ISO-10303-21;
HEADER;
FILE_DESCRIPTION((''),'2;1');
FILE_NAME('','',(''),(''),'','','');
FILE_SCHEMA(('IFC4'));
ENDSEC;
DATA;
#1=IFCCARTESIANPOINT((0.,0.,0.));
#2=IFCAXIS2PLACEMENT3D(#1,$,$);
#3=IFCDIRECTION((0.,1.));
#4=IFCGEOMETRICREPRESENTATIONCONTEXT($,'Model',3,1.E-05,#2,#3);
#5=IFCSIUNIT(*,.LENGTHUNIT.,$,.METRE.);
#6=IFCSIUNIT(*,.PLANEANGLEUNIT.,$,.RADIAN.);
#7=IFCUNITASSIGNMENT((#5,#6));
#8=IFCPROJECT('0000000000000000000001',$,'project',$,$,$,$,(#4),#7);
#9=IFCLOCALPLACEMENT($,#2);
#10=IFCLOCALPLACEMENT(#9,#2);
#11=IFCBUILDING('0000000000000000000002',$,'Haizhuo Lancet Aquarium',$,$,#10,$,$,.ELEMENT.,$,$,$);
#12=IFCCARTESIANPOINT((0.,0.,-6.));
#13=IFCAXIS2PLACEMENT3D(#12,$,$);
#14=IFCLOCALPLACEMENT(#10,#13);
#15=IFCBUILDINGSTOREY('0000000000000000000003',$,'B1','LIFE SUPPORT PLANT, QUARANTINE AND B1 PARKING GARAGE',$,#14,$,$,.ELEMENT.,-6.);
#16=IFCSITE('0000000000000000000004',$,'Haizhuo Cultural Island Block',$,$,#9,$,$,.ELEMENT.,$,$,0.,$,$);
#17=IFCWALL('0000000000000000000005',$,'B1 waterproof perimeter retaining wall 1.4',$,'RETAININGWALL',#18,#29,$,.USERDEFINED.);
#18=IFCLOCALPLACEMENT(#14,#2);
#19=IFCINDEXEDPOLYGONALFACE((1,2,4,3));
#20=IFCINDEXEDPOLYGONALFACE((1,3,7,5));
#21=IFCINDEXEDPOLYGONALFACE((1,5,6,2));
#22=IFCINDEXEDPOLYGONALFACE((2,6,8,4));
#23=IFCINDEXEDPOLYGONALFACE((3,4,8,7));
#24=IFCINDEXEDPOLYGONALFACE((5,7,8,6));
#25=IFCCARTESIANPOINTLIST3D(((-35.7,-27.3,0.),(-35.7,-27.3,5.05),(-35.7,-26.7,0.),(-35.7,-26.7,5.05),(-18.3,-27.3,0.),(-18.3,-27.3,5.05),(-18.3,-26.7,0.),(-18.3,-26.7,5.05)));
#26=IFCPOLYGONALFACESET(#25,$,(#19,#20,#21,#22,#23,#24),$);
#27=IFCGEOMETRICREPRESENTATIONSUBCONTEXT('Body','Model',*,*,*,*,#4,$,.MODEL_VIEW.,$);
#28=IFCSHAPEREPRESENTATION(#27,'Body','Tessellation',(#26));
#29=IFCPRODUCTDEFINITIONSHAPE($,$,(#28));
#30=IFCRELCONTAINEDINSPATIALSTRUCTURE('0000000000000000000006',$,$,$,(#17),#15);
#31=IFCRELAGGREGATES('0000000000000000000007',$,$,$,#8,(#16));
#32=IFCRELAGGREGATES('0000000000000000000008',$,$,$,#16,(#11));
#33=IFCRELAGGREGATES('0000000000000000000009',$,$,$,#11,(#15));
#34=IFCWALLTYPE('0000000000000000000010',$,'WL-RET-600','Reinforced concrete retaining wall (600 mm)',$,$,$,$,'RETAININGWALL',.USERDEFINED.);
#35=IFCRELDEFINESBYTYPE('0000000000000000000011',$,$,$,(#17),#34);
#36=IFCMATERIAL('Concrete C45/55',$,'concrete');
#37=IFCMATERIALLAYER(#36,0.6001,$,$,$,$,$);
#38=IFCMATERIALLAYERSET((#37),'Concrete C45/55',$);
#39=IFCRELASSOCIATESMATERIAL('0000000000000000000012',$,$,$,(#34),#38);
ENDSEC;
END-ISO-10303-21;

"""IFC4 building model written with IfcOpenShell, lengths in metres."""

from ifc_helpers import new_model, si_unit, direction, frame, frame_2d, origin, place, context, subcontext, project, spatial, rectangle, extrude, material, layer, layer_set, type_object, element, save


model = new_model("IFC4")

# Units and contexts
model_context = context("Model", 3, precision=1e-05, world=origin(), true_north=direction((0.0, 1.0)))
body_context = subcontext(model_context, "Body", "Model", "MODEL_VIEW")
ifc_project = project(units=[si_unit("LENGTHUNIT", "METRE"), si_unit("PLANEANGLEUNIT", "RADIAN")], contexts=[model_context])

# Site, building, storey
site_placement = place(None, origin())
site = spatial("IfcSite", under=ifc_project, at=site_placement, Name="Haizhuo Cultural Island Block", CompositionType="ELEMENT", RefElevation=0.0)
building_placement = place(site_placement, origin())
building = spatial("IfcBuilding", under=site, at=building_placement, Name="Haizhuo Lancet Aquarium", CompositionType="ELEMENT")
storey_placement = place(building_placement, frame((0.0, 0.0, -6.0)))
storey = spatial("IfcBuildingStorey", under=building, at=storey_placement, Name="B1", Description="LIFE SUPPORT PLANT, QUARANTINE AND B1 PARKING GARAGE", CompositionType="ELEMENT", Elevation=-6.0)

# Wall
ifc_material_1 = material(Name="Concrete C45/55", Category="concrete")
ifc_layer_1 = layer(ifc_material_1, 0.6001)
ifc_layer_set_1 = layer_set([ifc_layer_1], Name="Concrete C45/55")
wall_type_1 = type_object("IfcWallType", Name="WL-RET-600", Description="Reinforced concrete retaining wall (600 mm)", ElementType="RETAININGWALL", PredefinedType="USERDEFINED", material=ifc_layer_set_1)
wall_1_placement = place(storey_placement, frame((-35.7, -27.0, 0.0), z_axis=(0.0, 0.0, 1.0), x_axis=(1.0, 0.0, 0.0)))
element("IfcWall", 1, at=wall_1_placement, inside=storey, type_object=wall_type_1, Name="B1 waterproof perimeter retaining wall 1.4", ObjectType="RETAININGWALL", PredefinedType="USERDEFINED", context=body_context, shape_type="SweptSolid", body=[
    extrude(rectangle(XDim=17.3999, YDim=0.6001, at=frame_2d((8.7, 0.0))), origin(), (0.0, 0.0, 1.0), 5.05),
])

save(model, "model.ifc")
